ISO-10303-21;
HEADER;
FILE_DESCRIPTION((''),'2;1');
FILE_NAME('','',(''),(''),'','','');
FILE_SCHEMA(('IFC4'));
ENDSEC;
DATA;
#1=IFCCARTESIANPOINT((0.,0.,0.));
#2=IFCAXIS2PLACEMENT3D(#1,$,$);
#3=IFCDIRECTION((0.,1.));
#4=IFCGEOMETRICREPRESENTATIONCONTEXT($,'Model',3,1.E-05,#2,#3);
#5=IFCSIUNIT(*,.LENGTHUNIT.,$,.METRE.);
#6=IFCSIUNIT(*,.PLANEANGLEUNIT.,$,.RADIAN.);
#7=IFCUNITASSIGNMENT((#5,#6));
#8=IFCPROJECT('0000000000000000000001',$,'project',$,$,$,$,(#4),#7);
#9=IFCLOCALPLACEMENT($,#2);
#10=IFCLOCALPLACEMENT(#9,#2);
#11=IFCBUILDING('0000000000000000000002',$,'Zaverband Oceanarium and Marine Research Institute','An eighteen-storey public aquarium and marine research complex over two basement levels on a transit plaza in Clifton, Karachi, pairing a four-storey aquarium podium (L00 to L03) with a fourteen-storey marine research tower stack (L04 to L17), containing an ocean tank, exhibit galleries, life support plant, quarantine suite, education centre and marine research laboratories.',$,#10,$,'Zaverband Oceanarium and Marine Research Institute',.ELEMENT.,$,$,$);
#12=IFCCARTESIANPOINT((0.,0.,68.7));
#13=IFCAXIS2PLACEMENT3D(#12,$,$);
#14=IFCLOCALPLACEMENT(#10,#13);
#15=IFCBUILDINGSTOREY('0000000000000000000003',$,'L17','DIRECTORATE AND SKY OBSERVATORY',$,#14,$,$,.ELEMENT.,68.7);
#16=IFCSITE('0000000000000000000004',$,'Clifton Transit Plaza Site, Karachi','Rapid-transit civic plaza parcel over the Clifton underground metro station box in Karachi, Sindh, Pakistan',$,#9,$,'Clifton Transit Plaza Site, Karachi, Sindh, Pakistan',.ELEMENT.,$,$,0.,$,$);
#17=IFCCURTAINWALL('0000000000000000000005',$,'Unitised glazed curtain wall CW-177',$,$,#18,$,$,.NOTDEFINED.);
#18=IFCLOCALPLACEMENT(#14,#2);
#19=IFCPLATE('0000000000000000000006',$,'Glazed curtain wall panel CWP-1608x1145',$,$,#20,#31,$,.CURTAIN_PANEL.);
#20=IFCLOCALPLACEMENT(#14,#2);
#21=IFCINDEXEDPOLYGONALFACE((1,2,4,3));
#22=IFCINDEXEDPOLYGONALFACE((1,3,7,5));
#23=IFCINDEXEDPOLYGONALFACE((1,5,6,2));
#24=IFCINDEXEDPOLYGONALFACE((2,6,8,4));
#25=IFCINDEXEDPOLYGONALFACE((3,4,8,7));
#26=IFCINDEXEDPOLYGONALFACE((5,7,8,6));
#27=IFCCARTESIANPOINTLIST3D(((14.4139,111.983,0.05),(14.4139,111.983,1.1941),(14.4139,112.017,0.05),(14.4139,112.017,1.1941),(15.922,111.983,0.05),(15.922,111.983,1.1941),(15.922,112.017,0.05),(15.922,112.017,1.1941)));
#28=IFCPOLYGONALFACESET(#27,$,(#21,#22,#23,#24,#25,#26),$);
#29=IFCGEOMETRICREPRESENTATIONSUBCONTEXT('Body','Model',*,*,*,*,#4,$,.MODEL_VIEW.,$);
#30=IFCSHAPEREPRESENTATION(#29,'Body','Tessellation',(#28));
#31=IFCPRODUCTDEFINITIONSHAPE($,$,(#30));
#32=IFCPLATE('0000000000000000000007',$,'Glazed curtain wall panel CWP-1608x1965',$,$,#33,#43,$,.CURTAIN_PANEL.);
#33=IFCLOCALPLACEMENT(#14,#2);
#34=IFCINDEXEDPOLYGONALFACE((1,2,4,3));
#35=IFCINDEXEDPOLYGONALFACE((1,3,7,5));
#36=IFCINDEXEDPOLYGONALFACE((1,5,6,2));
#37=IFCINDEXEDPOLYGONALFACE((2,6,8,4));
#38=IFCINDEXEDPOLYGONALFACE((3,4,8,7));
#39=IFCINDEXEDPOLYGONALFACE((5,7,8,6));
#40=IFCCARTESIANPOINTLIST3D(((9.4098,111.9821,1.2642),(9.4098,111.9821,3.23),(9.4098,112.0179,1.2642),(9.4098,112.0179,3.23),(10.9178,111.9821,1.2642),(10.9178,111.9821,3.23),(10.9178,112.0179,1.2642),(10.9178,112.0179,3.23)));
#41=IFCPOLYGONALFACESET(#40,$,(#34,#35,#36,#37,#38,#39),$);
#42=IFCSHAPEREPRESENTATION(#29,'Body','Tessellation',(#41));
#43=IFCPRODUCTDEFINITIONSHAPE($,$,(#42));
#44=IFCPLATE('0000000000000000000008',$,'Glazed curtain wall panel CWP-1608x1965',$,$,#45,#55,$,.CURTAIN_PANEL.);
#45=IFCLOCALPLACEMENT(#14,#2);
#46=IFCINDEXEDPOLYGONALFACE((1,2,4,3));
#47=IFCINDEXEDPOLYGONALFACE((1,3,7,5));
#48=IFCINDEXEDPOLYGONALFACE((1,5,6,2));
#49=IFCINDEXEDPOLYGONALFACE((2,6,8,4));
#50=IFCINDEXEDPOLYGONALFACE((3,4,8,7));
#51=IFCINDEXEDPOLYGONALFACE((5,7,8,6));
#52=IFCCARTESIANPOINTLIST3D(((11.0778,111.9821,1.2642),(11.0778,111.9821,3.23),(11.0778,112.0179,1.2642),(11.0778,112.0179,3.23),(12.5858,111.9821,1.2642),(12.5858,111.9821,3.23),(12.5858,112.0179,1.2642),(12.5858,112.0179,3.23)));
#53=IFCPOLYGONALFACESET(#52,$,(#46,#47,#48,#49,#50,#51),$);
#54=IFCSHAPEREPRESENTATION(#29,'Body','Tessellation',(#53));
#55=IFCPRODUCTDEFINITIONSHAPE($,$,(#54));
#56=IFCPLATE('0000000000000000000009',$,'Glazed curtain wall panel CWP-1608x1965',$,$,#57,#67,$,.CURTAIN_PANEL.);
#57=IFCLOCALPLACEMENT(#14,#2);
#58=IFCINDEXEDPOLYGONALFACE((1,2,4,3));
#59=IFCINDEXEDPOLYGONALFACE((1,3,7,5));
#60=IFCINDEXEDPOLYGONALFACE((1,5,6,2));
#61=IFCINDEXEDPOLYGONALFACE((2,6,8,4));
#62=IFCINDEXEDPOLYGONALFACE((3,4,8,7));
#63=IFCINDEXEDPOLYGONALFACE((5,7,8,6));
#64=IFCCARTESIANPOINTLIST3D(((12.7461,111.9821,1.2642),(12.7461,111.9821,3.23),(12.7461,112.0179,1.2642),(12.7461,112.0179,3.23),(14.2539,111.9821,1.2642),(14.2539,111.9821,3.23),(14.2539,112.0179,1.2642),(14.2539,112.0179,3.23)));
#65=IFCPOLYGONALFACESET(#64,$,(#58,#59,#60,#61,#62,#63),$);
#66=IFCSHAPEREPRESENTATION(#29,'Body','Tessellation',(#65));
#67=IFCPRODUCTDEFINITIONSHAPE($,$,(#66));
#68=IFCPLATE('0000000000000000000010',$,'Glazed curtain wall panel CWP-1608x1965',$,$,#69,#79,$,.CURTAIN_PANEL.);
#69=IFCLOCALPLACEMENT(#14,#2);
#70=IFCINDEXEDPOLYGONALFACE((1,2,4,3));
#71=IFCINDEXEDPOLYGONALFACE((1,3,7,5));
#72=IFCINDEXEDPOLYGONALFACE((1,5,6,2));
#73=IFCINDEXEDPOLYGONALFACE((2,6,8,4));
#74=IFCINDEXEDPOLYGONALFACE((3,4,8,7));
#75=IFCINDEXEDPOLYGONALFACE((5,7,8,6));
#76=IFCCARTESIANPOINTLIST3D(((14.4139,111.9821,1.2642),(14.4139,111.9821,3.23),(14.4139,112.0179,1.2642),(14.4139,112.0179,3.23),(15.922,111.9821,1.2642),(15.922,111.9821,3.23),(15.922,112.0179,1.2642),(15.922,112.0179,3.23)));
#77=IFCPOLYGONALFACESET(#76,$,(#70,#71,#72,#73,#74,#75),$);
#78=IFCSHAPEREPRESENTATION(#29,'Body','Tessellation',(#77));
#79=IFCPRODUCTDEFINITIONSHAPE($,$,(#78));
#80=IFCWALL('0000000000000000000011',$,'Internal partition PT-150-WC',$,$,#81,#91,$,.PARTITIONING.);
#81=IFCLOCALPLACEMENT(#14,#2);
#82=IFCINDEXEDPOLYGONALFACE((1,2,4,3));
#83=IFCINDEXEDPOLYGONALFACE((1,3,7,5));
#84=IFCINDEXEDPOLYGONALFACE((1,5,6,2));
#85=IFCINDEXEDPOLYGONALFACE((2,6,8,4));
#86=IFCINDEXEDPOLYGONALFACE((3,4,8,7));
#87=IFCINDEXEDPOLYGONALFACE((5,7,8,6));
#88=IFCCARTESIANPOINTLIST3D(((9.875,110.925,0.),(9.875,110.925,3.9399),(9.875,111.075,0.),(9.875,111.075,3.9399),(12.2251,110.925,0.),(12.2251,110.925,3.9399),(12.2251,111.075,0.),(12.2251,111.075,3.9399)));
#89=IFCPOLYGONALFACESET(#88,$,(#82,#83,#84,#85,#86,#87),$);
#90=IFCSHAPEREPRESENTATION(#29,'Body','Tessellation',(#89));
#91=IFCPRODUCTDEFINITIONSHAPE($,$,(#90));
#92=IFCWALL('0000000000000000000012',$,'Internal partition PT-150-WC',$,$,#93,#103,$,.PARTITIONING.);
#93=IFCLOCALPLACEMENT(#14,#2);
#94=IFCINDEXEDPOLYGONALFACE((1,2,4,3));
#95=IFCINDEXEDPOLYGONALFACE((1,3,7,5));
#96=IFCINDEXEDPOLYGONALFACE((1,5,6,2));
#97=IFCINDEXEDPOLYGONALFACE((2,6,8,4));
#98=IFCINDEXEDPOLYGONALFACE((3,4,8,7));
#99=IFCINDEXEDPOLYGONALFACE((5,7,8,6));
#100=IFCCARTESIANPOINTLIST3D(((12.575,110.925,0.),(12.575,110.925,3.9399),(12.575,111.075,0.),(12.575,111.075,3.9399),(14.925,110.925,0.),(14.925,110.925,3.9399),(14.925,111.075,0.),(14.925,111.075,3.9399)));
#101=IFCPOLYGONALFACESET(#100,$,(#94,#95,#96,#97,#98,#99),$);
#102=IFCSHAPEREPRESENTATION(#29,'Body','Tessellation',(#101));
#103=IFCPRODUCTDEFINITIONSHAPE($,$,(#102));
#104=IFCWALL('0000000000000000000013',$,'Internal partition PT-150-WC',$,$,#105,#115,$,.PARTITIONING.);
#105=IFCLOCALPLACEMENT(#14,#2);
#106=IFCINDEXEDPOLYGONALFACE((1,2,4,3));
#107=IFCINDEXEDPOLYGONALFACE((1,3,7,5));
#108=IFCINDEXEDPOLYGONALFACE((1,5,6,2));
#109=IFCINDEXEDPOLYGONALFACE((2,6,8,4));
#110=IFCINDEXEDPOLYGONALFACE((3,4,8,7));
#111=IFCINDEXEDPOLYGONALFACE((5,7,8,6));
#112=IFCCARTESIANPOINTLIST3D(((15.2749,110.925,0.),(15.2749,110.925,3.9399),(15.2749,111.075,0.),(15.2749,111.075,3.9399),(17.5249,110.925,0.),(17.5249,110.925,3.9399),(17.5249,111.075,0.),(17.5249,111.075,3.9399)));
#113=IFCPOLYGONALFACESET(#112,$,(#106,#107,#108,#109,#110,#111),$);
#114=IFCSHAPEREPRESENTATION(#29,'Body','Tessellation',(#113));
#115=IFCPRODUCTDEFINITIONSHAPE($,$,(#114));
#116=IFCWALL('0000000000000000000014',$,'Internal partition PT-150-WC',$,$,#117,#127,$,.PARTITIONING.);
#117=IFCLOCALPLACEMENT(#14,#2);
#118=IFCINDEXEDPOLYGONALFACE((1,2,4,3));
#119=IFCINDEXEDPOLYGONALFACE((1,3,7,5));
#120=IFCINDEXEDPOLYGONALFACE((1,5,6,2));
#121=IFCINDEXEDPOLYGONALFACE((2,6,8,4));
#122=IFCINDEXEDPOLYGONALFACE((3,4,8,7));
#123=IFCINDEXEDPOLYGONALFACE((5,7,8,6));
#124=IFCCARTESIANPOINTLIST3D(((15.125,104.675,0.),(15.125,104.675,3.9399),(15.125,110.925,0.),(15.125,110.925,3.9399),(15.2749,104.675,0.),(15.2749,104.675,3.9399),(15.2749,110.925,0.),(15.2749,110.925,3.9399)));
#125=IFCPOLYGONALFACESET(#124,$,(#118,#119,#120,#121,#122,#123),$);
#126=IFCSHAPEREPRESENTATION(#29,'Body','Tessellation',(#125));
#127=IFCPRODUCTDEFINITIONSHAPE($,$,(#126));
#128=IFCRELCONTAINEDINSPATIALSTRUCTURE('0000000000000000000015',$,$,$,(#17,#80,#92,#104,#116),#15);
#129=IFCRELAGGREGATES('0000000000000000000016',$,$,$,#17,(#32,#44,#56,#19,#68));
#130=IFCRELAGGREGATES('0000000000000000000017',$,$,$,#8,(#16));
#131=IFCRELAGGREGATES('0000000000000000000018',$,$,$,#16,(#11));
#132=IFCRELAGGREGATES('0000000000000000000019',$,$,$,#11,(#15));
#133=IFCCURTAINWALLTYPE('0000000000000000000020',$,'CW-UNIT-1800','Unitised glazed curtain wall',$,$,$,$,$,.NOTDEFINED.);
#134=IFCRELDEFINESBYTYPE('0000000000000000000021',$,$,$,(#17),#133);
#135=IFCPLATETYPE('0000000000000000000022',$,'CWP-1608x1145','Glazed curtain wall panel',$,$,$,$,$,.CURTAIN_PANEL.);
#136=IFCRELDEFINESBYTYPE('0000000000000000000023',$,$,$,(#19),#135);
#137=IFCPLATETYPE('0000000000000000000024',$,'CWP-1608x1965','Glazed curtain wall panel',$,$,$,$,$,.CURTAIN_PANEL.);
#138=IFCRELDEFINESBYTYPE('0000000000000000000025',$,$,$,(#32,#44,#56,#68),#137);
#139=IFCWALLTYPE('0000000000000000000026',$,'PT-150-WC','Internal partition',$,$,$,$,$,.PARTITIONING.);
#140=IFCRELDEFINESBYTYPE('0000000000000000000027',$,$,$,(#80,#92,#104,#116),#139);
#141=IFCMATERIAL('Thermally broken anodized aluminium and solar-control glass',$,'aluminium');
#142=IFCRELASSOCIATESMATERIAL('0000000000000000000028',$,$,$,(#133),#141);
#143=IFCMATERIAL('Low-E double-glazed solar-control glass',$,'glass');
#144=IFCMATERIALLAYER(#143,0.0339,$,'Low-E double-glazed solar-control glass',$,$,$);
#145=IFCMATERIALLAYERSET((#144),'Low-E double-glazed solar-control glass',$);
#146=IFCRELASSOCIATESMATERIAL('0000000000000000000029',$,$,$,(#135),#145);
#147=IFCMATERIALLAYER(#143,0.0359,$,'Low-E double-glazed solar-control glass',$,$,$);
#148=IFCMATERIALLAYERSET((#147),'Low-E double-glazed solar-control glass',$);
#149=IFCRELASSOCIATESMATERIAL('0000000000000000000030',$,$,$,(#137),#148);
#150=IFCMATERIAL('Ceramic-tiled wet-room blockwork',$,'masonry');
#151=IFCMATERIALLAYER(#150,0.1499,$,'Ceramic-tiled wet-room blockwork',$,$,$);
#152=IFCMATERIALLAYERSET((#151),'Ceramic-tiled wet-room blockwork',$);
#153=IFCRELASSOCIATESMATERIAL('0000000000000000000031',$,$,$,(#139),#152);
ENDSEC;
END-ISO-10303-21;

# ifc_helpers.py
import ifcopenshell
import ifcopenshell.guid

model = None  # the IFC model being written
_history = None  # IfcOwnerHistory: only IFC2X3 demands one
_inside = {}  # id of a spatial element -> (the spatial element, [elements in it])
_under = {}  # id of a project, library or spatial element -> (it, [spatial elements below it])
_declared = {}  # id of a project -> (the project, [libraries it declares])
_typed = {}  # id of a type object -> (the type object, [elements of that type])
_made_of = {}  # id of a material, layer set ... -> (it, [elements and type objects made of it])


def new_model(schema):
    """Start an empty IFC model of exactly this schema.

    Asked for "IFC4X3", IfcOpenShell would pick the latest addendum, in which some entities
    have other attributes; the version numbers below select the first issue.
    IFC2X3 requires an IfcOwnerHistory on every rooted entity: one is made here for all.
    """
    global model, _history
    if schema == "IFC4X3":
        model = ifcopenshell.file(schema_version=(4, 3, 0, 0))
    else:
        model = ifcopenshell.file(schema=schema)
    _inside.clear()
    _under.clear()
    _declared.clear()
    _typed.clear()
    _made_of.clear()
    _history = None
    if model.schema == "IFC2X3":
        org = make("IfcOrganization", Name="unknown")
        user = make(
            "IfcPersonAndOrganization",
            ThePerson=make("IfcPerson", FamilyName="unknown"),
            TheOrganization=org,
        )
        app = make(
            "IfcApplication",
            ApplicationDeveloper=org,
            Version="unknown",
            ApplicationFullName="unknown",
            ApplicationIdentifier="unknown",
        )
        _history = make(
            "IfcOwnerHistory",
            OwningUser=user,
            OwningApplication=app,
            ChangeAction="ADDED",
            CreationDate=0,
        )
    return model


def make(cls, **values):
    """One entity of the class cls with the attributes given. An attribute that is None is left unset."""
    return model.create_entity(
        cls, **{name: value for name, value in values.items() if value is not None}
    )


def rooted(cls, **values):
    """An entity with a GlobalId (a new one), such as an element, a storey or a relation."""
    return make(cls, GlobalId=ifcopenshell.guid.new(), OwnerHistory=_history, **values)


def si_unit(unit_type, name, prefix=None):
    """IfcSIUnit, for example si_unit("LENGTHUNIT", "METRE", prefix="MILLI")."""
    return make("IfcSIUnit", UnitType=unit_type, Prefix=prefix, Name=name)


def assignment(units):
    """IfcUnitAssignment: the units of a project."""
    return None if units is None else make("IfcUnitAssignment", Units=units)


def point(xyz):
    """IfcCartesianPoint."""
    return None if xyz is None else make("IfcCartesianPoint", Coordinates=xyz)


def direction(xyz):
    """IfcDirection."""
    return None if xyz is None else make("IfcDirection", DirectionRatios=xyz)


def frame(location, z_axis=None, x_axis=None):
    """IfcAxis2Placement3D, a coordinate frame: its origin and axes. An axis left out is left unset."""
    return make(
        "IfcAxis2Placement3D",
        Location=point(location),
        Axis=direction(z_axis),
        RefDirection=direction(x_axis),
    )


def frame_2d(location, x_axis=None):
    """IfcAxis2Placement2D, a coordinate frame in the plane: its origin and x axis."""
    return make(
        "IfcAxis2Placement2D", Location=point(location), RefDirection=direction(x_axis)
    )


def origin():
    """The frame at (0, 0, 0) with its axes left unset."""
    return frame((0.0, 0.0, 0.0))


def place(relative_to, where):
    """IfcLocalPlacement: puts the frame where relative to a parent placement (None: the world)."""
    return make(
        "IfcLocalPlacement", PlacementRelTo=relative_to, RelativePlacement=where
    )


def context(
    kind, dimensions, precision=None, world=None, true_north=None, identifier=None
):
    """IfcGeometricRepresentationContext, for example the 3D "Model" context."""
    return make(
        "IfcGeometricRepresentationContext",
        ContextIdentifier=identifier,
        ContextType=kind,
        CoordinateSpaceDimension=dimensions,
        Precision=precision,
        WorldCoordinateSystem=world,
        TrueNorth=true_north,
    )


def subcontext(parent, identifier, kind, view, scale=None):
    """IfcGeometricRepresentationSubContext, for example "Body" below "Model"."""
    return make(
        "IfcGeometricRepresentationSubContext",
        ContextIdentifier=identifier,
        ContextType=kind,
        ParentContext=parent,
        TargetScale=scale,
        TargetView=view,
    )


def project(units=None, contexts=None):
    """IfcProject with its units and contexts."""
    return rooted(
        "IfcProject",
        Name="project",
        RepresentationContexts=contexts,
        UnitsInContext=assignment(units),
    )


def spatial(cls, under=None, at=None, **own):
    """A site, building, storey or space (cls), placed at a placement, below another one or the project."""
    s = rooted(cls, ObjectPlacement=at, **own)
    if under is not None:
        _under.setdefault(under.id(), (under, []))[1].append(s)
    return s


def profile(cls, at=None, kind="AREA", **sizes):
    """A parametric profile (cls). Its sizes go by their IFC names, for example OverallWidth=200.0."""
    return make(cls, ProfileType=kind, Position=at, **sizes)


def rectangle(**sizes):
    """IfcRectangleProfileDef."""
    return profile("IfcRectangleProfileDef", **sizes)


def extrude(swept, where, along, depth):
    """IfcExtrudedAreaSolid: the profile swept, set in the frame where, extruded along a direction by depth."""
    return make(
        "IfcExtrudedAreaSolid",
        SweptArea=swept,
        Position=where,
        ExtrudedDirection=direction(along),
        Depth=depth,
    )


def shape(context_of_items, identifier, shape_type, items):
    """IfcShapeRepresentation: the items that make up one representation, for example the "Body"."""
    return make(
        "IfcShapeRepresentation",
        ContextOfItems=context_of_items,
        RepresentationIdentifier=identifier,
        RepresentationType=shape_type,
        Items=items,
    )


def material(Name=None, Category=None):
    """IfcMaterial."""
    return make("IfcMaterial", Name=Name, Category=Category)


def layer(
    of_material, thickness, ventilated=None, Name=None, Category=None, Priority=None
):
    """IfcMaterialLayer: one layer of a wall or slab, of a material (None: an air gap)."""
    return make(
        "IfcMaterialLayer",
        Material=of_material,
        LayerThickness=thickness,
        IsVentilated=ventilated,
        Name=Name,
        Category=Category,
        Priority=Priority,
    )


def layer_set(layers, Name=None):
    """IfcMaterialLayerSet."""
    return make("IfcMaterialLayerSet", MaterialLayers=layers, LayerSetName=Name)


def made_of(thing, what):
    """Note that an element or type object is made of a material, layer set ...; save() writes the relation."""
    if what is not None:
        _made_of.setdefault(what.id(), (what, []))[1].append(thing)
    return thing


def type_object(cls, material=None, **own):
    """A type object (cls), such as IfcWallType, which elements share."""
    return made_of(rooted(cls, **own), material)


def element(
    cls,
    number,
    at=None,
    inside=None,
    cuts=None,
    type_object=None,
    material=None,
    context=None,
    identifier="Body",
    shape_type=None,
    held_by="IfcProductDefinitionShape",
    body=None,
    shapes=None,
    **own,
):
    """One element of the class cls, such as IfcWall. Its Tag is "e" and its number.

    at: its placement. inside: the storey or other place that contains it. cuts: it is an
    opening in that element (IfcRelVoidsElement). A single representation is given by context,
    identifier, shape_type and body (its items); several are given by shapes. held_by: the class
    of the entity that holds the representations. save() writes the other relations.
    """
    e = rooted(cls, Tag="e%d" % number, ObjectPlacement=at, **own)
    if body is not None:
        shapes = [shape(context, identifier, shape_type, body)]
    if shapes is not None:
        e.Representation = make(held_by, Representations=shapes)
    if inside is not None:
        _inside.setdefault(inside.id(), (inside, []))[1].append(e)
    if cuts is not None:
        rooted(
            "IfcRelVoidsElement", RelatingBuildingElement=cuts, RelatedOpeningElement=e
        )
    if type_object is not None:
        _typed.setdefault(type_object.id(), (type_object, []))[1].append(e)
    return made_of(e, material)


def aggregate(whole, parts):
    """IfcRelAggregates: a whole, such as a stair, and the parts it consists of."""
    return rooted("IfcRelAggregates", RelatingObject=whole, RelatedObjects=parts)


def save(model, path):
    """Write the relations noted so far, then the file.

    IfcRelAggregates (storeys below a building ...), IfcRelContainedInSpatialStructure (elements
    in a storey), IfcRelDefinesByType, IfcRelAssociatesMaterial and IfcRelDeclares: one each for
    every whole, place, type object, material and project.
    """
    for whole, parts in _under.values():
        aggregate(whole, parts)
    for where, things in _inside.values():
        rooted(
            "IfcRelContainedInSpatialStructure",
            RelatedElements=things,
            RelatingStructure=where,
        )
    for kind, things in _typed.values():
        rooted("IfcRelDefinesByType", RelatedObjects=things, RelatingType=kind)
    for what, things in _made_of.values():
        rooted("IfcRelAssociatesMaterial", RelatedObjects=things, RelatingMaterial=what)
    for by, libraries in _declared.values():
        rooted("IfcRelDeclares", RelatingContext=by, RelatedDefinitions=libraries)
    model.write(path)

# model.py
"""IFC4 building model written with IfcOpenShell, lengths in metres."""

from ifc_helpers import new_model, si_unit, direction, frame, frame_2d, origin, place, context, subcontext, project, spatial, rectangle, extrude, material, layer, layer_set, type_object, element, aggregate, save


model = new_model("IFC4")

# Units and contexts
model_context = context("Model", 3, precision=1e-05, world=origin(), true_north=direction((0.0, 1.0)))
body_context = subcontext(model_context, "Body", "Model", "MODEL_VIEW")
ifc_project = project(units=[si_unit("LENGTHUNIT", "METRE"), si_unit("PLANEANGLEUNIT", "RADIAN")], contexts=[model_context])

# Site, building, storey
site_placement = place(None, origin())
site = spatial("IfcSite", under=ifc_project, at=site_placement, Name="Clifton Transit Plaza Site, Karachi", Description="Rapid-transit civic plaza parcel over the Clifton underground metro station box in Karachi, Sindh, Pakistan", LongName="Clifton Transit Plaza Site, Karachi, Sindh, Pakistan", CompositionType="ELEMENT", RefElevation=0.0)
building_placement = place(site_placement, origin())
building = spatial("IfcBuilding", under=site, at=building_placement, Name="Zaverband Oceanarium and Marine Research Institute", Description="An eighteen-storey public aquarium and marine research complex over two basement levels on a transit plaza in Clifton, Karachi, pairing a four-storey aquarium podium (L00 to L03) with a fourteen-storey marine research tower stack (L04 to L17), containing an ocean tank, exhibit galleries, life support plant, quarantine suite, education centre and marine research laboratories.", LongName="Zaverband Oceanarium and Marine Research Institute", CompositionType="ELEMENT")
storey_placement = place(building_placement, frame((0.0, 0.0, 68.7)))
storey = spatial("IfcBuildingStorey", under=building, at=storey_placement, Name="L17", Description="DIRECTORATE AND SKY OBSERVATORY", CompositionType="ELEMENT", Elevation=68.7)

# Curtain wall
ifc_material_1 = material(Name="Thermally broken anodized aluminium and solar-control glass", Category="aluminium")
curtain_wall_type = type_object("IfcCurtainWallType", Name="CW-UNIT-1800", Description="Unitised glazed curtain wall", PredefinedType="NOTDEFINED", material=ifc_material_1)
curtain_wall_placement = place(storey_placement, origin())
curtain_wall = element("IfcCurtainWall", 1, at=curtain_wall_placement, inside=storey, type_object=curtain_wall_type, Name="Unitised glazed curtain wall CW-177", PredefinedType="NOTDEFINED")

# Plates
ifc_material_2 = material(Name="Low-E double-glazed solar-control glass", Category="glass")
ifc_layer_1 = layer(ifc_material_2, 0.0339, Name="Low-E double-glazed solar-control glass")
ifc_layer_set_1 = layer_set([ifc_layer_1], Name="Low-E double-glazed solar-control glass")
plate_type_1 = type_object("IfcPlateType", Name="CWP-1608x1145", Description="Glazed curtain wall panel", PredefinedType="CURTAIN_PANEL", material=ifc_layer_set_1)
plate_1_placement = place(storey_placement, frame((14.4141, 112.0, 0.05), z_axis=(0.0, 0.0, 1.0), x_axis=(1.0, 0.0, 0.0)))
plate_1 = element("IfcPlate", 2, at=plate_1_placement, type_object=plate_type_1, Name="Glazed curtain wall panel CWP-1608x1145", PredefinedType="CURTAIN_PANEL", context=body_context, shape_type="SweptSolid", body=[
    extrude(rectangle(XDim=1.5081, YDim=0.0339, at=frame_2d((0.7539, 0.0))), origin(), (0.0, 0.0, 1.0), 1.144),
])
ifc_layer_2 = layer(ifc_material_2, 0.0359, Name="Low-E double-glazed solar-control glass")
ifc_layer_set_2 = layer_set([ifc_layer_2], Name="Low-E double-glazed solar-control glass")
plate_type_2 = type_object("IfcPlateType", Name="CWP-1608x1965", Description="Glazed curtain wall panel", PredefinedType="CURTAIN_PANEL", material=ifc_layer_set_2)
plate_2_placement = place(storey_placement, frame((9.4099, 112.0, 1.2642), z_axis=(0.0, 0.0, 1.0), x_axis=(1.0, 0.0, 0.0)))
plate_2 = element("IfcPlate", 3, at=plate_2_placement, type_object=plate_type_2, Name="Glazed curtain wall panel CWP-1608x1965", PredefinedType="CURTAIN_PANEL", context=body_context, shape_type="SweptSolid", body=[
    extrude(rectangle(XDim=1.5081, YDim=0.0359, at=frame_2d((0.7539, 0.0))), origin(), (0.0, 0.0, 1.0), 1.9658),
])
plate_3_placement = place(storey_placement, frame((11.0779, 112.0, 1.2642), z_axis=(0.0, 0.0, 1.0), x_axis=(1.0, 0.0, 0.0)))
plate_3 = element("IfcPlate", 4, at=plate_3_placement, type_object=plate_type_2, Name="Glazed curtain wall panel CWP-1608x1965", PredefinedType="CURTAIN_PANEL", context=body_context, shape_type="SweptSolid", body=[
    extrude(rectangle(XDim=1.5081, YDim=0.0359, at=frame_2d((0.7539, 0.0))), origin(), (0.0, 0.0, 1.0), 1.9658),
])
plate_4_placement = place(storey_placement, frame((12.7461, 112.0, 1.2642), z_axis=(0.0, 0.0, 1.0), x_axis=(1.0, 0.0, 0.0)))
plate_4 = element("IfcPlate", 5, at=plate_4_placement, type_object=plate_type_2, Name="Glazed curtain wall panel CWP-1608x1965", PredefinedType="CURTAIN_PANEL", context=body_context, shape_type="SweptSolid", body=[
    extrude(rectangle(XDim=1.5078, YDim=0.0359, at=frame_2d((0.7539, 0.0))), origin(), (0.0, 0.0, 1.0), 1.9658),
])
plate_5_placement = place(storey_placement, frame((14.4141, 112.0, 1.2642), z_axis=(0.0, 0.0, 1.0), x_axis=(1.0, 0.0, 0.0)))
plate_5 = element("IfcPlate", 6, at=plate_5_placement, type_object=plate_type_2, Name="Glazed curtain wall panel CWP-1608x1965", PredefinedType="CURTAIN_PANEL", context=body_context, shape_type="SweptSolid", body=[
    extrude(rectangle(XDim=1.5081, YDim=0.0359, at=frame_2d((0.7539, 0.0))), origin(), (0.0, 0.0, 1.0), 1.9658),
])
aggregate(curtain_wall, [plate_2, plate_3, plate_4, plate_1, plate_5])

# Walls
ifc_material_3 = material(Name="Ceramic-tiled wet-room blockwork", Category="masonry")
ifc_layer_3 = layer(ifc_material_3, 0.1499, Name="Ceramic-tiled wet-room blockwork")
ifc_layer_set_3 = layer_set([ifc_layer_3], Name="Ceramic-tiled wet-room blockwork")
wall_type = type_object("IfcWallType", Name="PT-150-WC", Description="Internal partition", PredefinedType="PARTITIONING", material=ifc_layer_set_3)
for number, where, z_axis, x_axis, name in (
    (7, (9.875, 111.0, 0.0), (0.0, 0.0, 1.0), (1.0, 0.0, 0.0), "Internal partition PT-150-WC"),
    (8, (12.575, 111.0, 0.0), (0.0, 0.0, 1.0), (1.0, 0.0, 0.0), "Internal partition PT-150-WC"),
):
    element("IfcWall", number, at=place(storey_placement, frame(where, z_axis=z_axis, x_axis=x_axis)), inside=storey, type_object=wall_type, Name=name, PredefinedType="PARTITIONING", context=body_context, shape_type="SweptSolid", body=[
        extrude(rectangle(XDim=2.3501, YDim=0.1499, at=frame_2d((1.175, 0.0))), origin(), (0.0, 0.0, 1.0), 3.9399),
    ])
wall_1_placement = place(storey_placement, frame((15.2749, 111.0, 0.0), z_axis=(0.0, 0.0, 1.0), x_axis=(1.0, 0.0, 0.0)))
element("IfcWall", 9, at=wall_1_placement, inside=storey, type_object=wall_type, Name="Internal partition PT-150-WC", PredefinedType="PARTITIONING", context=body_context, shape_type="SweptSolid", body=[
    extrude(rectangle(XDim=2.25, YDim=0.1499, at=frame_2d((1.125, 0.0))), origin(), (0.0, 0.0, 1.0), 3.9399),
])
wall_2_placement = place(storey_placement, frame((15.2, 104.675, 0.0), z_axis=(0.0, 0.0, 1.0), x_axis=(0.0, 1.0, 0.0)))
element("IfcWall", 10, at=wall_2_placement, inside=storey, type_object=wall_type, Name="Internal partition PT-150-WC", PredefinedType="PARTITIONING", context=body_context, shape_type="SweptSolid", body=[
    extrude(rectangle(XDim=6.25, YDim=0.1499, at=frame_2d((3.125, 0.0))), origin(), (0.0, 0.0, 1.0), 3.9399),
])

save(model, "model.ifc")
